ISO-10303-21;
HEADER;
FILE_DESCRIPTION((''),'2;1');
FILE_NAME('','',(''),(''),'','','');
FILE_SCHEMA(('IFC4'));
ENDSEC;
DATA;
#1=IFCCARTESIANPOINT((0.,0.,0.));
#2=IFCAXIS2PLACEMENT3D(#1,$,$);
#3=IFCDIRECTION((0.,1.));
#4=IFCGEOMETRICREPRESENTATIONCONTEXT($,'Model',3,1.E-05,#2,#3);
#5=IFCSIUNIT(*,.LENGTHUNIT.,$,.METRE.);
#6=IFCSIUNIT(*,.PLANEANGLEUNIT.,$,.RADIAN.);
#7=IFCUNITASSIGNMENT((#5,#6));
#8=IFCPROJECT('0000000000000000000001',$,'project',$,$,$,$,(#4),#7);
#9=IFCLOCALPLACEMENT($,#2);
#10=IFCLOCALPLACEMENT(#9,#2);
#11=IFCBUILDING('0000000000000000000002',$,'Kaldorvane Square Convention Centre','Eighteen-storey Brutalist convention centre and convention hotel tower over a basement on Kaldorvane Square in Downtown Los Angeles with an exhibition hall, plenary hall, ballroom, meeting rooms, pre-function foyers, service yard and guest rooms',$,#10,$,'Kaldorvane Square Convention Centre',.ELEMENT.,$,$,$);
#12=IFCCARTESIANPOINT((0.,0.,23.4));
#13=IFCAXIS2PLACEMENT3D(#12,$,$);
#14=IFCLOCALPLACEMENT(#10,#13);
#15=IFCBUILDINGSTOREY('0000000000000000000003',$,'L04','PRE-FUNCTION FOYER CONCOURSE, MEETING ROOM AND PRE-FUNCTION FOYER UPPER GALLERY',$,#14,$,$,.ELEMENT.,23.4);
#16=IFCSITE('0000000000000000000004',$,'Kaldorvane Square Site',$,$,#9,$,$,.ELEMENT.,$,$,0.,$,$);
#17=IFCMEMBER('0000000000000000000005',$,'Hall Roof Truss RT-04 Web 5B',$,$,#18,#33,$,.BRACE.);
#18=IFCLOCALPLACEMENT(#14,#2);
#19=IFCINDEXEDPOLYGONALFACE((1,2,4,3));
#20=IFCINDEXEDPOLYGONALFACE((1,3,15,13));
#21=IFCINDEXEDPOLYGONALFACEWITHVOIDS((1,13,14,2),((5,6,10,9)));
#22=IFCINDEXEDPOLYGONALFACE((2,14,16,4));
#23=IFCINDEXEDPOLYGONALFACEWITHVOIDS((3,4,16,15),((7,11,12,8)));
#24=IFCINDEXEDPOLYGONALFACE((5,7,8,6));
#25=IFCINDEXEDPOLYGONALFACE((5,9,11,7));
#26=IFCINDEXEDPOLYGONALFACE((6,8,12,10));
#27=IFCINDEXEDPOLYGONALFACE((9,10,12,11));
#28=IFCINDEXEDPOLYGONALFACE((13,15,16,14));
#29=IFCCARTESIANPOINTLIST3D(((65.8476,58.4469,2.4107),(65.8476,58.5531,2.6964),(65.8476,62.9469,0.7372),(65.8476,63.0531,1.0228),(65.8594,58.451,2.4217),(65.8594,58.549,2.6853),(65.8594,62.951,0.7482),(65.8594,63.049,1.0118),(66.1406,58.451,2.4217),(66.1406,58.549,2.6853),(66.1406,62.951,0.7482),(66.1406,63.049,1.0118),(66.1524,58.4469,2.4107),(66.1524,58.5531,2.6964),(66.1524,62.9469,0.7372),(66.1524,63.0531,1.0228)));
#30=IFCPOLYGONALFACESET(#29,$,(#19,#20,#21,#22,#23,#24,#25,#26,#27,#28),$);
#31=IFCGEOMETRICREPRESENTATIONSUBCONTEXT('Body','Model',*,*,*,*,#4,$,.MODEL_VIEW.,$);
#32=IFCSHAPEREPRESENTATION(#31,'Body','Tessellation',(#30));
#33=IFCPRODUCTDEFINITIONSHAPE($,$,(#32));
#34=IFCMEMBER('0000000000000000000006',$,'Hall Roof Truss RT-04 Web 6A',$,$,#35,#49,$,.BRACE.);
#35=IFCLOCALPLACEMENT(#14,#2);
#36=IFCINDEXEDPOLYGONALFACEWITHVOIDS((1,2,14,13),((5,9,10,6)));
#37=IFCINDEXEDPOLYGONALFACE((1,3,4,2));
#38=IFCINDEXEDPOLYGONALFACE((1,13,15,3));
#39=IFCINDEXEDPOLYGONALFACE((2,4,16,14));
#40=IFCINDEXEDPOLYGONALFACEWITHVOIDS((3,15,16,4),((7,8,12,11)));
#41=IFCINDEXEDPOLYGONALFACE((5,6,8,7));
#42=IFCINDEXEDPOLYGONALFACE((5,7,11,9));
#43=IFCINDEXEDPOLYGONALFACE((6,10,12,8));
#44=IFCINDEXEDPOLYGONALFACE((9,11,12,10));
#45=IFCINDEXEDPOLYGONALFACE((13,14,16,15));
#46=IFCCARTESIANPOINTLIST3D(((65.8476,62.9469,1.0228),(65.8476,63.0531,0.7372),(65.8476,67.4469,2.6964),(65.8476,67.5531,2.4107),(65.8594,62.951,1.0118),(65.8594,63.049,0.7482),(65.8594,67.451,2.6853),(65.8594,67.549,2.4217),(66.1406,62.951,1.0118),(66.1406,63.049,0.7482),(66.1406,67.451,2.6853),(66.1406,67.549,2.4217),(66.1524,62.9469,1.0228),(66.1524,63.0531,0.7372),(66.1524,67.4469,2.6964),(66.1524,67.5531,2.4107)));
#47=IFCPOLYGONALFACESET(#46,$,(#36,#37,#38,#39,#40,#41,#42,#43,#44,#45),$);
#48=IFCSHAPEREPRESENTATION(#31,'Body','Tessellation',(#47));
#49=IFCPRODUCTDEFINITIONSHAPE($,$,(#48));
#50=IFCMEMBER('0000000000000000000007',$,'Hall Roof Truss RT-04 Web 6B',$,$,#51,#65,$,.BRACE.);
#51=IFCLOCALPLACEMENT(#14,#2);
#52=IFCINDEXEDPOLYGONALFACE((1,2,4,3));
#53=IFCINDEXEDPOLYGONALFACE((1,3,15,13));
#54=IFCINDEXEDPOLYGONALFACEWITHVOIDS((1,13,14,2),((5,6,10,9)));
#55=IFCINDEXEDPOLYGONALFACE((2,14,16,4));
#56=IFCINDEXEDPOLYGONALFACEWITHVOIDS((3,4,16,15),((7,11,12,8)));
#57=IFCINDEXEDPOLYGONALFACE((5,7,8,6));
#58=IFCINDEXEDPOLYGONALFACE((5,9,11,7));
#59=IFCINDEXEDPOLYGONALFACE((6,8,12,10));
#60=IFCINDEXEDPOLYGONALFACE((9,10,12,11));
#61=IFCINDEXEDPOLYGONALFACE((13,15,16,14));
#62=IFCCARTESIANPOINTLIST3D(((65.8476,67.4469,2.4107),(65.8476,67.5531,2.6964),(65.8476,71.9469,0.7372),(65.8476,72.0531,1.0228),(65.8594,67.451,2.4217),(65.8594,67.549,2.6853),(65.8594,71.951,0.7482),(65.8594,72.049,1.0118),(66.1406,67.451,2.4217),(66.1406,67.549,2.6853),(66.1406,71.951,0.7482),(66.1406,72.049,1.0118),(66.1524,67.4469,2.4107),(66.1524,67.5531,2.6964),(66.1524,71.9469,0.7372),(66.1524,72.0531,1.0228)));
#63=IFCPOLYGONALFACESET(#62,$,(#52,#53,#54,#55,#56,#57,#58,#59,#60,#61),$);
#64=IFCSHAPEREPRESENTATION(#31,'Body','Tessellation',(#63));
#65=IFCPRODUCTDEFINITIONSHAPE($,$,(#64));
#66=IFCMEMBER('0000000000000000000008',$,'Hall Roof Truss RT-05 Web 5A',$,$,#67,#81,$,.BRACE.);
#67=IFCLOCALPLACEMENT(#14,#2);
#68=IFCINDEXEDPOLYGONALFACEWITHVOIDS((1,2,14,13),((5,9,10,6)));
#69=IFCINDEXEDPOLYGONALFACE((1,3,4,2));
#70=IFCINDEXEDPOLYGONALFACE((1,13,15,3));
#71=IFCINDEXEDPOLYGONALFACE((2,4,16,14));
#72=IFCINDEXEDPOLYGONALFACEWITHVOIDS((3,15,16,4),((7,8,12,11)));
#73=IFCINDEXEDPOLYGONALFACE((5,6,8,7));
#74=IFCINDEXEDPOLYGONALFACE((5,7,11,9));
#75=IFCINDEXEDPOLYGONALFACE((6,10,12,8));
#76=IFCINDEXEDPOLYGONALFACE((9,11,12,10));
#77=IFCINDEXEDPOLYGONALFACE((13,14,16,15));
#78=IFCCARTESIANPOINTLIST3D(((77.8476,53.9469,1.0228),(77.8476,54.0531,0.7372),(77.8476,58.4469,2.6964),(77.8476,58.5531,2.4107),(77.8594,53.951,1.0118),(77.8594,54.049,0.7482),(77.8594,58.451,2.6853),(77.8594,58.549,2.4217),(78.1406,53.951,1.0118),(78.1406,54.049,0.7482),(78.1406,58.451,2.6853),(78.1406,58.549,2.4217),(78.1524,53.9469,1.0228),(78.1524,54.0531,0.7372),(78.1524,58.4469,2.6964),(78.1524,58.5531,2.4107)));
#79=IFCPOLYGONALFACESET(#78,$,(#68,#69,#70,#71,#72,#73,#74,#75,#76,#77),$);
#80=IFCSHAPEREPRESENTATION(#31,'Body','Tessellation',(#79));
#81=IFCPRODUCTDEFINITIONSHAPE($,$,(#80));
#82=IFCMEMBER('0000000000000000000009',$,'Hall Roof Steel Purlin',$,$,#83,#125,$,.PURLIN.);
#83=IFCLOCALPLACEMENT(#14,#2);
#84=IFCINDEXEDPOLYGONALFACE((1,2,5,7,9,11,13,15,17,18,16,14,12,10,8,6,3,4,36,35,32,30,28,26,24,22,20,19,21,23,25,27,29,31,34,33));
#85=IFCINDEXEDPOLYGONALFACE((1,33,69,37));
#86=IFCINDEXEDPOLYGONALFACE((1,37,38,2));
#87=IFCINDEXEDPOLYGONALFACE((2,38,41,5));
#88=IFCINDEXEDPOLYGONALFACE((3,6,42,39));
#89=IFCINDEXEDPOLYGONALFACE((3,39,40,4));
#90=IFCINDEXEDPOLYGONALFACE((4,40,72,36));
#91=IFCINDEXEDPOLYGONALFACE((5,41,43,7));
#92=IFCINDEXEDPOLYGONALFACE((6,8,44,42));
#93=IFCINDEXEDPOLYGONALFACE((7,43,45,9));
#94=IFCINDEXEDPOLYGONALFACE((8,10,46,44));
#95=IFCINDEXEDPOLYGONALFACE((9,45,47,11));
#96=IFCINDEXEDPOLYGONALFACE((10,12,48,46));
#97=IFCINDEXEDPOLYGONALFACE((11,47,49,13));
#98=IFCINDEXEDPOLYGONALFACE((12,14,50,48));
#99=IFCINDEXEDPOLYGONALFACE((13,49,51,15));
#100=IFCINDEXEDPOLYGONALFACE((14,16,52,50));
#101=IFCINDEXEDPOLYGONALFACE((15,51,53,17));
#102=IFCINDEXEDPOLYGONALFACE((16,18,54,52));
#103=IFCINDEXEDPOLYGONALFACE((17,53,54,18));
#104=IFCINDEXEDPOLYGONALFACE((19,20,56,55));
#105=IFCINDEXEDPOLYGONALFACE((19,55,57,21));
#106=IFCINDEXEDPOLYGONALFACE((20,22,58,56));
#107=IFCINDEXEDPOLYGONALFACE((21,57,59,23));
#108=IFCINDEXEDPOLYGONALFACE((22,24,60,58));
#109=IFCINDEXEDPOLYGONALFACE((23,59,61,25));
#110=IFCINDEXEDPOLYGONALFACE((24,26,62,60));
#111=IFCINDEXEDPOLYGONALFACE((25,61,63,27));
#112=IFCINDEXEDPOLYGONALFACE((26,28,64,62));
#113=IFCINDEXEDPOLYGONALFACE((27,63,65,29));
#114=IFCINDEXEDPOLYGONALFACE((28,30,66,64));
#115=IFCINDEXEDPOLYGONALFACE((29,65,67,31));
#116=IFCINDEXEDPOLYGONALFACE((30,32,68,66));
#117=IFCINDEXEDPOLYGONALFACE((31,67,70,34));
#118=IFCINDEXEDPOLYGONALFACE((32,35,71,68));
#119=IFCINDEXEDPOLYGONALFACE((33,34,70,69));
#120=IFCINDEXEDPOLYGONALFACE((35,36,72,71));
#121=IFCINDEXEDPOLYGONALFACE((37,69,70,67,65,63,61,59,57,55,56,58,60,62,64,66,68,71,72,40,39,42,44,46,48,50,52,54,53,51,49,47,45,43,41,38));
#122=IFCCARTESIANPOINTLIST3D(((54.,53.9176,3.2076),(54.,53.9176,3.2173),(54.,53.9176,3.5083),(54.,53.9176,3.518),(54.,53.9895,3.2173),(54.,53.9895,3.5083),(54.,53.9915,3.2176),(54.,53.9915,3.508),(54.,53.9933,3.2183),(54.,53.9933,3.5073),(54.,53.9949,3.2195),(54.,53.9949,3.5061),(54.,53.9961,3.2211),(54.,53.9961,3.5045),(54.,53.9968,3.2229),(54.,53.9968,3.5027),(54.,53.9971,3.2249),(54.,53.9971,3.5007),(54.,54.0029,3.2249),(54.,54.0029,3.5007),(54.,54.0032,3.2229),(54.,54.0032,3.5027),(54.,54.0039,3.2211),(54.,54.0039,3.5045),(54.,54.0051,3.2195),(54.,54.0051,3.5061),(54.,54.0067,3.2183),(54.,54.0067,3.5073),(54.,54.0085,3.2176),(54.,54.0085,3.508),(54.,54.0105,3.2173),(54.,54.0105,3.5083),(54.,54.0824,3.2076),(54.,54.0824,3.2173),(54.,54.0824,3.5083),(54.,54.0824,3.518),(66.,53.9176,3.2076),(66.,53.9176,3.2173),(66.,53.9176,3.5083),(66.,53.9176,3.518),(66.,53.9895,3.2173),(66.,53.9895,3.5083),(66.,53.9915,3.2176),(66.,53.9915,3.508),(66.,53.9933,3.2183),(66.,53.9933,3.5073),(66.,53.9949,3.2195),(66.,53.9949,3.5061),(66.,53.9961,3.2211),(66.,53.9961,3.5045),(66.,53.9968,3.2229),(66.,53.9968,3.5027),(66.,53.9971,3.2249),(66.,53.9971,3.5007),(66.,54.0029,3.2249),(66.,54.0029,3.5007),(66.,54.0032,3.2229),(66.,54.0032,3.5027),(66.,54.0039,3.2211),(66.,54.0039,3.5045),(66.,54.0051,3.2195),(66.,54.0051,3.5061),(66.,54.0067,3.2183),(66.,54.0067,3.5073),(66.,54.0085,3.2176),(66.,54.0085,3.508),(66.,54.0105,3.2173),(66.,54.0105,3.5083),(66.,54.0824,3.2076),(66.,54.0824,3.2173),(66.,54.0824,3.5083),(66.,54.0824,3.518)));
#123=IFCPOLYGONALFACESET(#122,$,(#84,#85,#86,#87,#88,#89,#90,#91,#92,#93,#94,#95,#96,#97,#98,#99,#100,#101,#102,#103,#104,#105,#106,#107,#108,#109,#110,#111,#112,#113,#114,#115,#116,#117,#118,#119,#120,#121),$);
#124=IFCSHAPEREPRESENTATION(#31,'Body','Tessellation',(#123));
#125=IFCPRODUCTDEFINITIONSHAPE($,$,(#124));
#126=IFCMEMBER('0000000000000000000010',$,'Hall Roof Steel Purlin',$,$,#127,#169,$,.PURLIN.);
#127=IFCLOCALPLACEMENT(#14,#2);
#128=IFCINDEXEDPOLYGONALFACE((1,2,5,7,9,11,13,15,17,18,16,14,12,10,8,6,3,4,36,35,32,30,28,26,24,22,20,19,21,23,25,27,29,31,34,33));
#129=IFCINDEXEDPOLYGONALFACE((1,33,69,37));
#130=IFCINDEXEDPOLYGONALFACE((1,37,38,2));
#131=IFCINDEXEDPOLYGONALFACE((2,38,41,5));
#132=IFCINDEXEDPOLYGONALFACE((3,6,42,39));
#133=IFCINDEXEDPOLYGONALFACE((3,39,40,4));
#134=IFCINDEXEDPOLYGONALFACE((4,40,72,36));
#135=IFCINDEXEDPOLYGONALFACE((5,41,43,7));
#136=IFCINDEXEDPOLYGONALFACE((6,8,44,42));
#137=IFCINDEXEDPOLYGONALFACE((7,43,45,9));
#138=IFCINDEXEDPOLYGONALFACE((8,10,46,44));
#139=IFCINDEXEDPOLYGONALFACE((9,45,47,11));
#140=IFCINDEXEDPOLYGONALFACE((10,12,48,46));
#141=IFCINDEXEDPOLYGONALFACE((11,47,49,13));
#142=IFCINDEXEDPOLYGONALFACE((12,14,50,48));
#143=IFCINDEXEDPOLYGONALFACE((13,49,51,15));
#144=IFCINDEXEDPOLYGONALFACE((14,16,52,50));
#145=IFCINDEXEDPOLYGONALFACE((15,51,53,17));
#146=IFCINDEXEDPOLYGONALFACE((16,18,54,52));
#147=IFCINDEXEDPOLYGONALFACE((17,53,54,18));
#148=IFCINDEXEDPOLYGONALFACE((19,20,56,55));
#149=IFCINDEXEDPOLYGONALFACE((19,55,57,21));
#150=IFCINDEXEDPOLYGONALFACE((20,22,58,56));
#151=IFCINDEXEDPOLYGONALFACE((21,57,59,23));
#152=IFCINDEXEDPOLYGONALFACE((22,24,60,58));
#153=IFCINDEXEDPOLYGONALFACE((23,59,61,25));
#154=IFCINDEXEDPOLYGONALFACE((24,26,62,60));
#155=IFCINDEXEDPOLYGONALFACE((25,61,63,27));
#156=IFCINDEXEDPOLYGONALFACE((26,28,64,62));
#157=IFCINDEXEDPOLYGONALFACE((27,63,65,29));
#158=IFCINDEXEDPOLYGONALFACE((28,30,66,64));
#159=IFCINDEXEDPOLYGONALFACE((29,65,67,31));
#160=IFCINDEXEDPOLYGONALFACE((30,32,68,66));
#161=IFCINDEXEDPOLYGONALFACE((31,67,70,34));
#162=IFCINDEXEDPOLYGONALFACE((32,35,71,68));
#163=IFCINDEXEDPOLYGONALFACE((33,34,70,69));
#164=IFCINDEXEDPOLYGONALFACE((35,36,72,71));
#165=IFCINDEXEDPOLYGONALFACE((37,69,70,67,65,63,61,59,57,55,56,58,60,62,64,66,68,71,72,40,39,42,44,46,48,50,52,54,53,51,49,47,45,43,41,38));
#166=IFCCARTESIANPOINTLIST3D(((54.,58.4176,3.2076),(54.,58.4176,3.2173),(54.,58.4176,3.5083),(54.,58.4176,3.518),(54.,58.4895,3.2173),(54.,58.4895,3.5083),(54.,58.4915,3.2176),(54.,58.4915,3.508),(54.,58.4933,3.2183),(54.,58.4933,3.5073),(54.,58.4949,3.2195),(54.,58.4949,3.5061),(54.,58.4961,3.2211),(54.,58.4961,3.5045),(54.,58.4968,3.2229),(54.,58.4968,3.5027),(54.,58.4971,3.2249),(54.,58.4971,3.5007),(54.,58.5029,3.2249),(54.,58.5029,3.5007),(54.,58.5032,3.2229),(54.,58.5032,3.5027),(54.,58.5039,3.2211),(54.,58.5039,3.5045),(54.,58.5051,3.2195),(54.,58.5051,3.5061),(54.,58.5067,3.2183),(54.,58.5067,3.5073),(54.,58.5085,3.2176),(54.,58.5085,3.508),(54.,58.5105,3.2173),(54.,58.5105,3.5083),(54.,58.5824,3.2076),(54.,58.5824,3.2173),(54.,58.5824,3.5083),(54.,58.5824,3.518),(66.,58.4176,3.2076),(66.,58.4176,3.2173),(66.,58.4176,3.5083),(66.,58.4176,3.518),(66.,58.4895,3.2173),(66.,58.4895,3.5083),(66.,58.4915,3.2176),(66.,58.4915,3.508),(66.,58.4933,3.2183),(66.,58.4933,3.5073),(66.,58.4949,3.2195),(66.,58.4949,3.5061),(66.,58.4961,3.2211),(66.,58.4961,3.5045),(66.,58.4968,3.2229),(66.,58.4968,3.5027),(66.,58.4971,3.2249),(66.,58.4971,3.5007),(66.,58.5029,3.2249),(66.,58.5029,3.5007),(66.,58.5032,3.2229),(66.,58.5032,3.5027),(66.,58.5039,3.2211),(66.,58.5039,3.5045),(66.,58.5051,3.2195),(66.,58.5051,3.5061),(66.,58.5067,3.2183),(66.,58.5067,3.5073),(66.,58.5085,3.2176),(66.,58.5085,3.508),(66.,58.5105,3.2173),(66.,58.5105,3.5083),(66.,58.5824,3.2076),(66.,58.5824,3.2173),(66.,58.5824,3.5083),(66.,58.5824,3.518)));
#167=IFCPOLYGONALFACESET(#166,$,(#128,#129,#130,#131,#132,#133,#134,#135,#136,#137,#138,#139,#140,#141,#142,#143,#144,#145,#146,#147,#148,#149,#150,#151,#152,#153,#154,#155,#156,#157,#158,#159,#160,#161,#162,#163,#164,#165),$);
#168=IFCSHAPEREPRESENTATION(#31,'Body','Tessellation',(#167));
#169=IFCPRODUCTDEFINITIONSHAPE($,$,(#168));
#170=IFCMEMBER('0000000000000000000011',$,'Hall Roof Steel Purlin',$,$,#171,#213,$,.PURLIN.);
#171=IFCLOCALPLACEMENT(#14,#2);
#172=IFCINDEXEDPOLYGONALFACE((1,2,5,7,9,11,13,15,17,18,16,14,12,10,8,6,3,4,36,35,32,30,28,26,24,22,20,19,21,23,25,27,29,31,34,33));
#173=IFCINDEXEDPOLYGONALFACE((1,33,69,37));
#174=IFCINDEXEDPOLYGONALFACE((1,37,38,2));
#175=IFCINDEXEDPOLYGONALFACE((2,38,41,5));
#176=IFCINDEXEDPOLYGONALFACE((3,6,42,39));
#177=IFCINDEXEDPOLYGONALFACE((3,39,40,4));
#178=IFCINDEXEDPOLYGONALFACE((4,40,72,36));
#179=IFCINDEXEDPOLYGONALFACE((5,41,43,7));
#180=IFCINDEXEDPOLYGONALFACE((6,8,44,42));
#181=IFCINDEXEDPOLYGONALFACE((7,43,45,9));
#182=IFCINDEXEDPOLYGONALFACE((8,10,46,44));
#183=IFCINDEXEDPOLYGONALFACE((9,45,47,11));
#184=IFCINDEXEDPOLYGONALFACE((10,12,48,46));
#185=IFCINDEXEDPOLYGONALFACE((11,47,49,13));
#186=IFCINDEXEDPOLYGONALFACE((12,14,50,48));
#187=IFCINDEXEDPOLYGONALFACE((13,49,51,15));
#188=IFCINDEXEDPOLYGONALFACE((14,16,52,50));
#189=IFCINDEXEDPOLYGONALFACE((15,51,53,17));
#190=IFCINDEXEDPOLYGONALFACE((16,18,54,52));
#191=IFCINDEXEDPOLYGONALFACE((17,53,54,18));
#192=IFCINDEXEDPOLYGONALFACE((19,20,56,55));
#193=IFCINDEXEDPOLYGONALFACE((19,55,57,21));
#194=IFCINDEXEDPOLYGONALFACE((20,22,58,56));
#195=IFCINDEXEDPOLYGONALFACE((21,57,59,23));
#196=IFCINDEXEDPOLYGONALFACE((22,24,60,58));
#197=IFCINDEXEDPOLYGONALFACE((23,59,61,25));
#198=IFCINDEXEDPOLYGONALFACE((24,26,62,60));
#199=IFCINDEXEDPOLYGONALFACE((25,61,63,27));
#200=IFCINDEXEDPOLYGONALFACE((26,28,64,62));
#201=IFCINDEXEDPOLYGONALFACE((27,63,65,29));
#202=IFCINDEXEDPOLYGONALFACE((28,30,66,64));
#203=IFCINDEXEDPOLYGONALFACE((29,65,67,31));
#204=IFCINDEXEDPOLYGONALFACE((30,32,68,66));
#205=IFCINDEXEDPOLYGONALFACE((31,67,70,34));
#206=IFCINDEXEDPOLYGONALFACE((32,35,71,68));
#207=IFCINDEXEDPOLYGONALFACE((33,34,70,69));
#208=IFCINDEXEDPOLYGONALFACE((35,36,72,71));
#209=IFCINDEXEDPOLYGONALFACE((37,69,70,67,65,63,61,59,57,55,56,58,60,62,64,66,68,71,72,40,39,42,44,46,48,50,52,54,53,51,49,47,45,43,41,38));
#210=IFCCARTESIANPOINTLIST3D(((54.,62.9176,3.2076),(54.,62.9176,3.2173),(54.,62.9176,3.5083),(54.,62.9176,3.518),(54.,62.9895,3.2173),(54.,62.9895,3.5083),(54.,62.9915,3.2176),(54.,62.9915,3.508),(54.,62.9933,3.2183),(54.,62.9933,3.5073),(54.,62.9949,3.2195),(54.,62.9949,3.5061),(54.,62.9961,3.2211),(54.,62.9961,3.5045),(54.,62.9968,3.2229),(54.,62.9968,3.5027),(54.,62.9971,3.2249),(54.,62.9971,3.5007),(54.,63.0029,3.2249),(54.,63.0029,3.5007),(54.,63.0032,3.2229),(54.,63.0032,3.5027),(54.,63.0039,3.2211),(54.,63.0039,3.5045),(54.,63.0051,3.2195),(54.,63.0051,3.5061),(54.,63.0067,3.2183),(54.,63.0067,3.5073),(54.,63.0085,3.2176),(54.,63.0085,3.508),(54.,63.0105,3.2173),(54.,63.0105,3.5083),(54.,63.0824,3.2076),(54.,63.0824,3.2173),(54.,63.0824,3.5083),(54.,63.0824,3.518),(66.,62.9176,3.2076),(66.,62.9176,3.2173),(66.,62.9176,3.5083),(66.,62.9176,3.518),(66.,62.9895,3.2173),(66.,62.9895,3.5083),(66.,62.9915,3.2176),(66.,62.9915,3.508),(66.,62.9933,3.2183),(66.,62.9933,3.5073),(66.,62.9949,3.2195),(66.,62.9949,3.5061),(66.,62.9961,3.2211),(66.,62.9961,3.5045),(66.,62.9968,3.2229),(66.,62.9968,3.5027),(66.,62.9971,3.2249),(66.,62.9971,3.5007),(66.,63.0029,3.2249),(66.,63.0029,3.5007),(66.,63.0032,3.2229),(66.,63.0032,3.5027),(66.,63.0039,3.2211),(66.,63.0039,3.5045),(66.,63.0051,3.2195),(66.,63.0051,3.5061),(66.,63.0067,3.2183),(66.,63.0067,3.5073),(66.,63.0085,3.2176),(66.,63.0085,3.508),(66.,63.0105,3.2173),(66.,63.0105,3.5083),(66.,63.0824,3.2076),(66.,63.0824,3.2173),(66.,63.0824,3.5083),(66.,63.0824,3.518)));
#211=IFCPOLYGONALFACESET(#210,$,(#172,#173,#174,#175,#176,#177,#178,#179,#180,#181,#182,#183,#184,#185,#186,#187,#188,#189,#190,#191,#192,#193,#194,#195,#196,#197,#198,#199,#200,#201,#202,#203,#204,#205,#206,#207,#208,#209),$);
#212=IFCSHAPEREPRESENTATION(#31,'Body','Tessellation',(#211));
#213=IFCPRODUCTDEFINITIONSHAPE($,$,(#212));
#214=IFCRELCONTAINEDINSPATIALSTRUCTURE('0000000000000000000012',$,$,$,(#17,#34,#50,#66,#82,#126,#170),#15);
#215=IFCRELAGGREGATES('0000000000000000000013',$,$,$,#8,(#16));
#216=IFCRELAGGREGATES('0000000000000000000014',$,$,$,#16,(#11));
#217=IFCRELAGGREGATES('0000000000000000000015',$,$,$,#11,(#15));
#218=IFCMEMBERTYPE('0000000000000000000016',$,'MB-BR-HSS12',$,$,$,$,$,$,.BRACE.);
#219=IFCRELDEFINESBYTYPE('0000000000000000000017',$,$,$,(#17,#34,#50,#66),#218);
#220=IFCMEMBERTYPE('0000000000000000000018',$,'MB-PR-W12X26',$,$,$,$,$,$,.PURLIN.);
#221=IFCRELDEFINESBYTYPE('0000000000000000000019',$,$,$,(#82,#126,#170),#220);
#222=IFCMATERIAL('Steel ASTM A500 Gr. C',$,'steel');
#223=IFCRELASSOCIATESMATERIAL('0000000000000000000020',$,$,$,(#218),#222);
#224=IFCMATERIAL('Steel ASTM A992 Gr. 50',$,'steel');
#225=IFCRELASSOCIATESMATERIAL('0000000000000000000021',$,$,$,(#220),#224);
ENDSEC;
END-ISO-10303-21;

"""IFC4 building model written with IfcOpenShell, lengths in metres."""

from ifc_helpers import new_model, si_unit, direction, frame, origin, origin_2d, place, context, subcontext, project, spatial, hollow_rectangle, i_section, extrude, material, material_profile, profile_set, type_object, element, save


model = new_model("IFC4")

# Units and contexts
model_context = context("Model", 3, precision=1e-05, world=origin(), true_north=direction((0.0, 1.0)))
body_context = subcontext(model_context, "Body", "Model", "MODEL_VIEW")
ifc_project = project(units=[si_unit("LENGTHUNIT", "METRE"), si_unit("PLANEANGLEUNIT", "RADIAN")], contexts=[model_context])

# Site, building, storey
site_placement = place(None, origin())
site = spatial("IfcSite", under=ifc_project, at=site_placement, Name="Kaldorvane Square Site", CompositionType="ELEMENT", RefElevation=0.0)
building_placement = place(site_placement, origin())
building = spatial("IfcBuilding", under=site, at=building_placement, Name="Kaldorvane Square Convention Centre", Description="Eighteen-storey Brutalist convention centre and convention hotel tower over a basement on Kaldorvane Square in Downtown Los Angeles with an exhibition hall, plenary hall, ballroom, meeting rooms, pre-function foyers, service yard and guest rooms", LongName="Kaldorvane Square Convention Centre", CompositionType="ELEMENT")
storey_placement = place(building_placement, frame((0.0, 0.0, 23.4)))
storey = spatial("IfcBuildingStorey", under=building, at=storey_placement, Name="L04", Description="PRE-FUNCTION FOYER CONCOURSE, MEETING ROOM AND PRE-FUNCTION FOYER UPPER GALLERY", CompositionType="ELEMENT", Elevation=23.4)

# Shared definitions
ifc_material_1 = material(Name="Steel ASTM A992 Gr. 50", Category="steel")

# Members
ifc_material_2 = material(Name="Steel ASTM A500 Gr. C", Category="steel")
ifc_material_profile_1 = material_profile(ifc_material_2, hollow_rectangle(XDim=0.3048, YDim=0.3048, WallThickness=0.0118, at=origin_2d()), Name="HSS12X12X1/2")
ifc_profile_set_1 = profile_set([ifc_material_profile_1], Name="Steel ASTM A500 Gr. C")
member_type_1 = type_object("IfcMemberType", Name="MB-BR-HSS12", PredefinedType="BRACE", material=ifc_profile_set_1)
for number, where, z_axis, x_axis, name in (
    (1, (66.0, 58.5, 2.5535), (0.0, 0.937284, -0.348567), (-1.0, 0.0, 0.0), "Hall Roof Truss RT-04 Web 5B"),
    (2, (66.0, 63.0, 0.88), (0.0, 0.937284, 0.348567), (-1.0, 0.0, 0.0), "Hall Roof Truss RT-04 Web 6A"),
    (3, (66.0, 67.5, 2.5535), (0.0, 0.937284, -0.348567), (-1.0, 0.0, 0.0), "Hall Roof Truss RT-04 Web 6B"),
    (4, (78.0, 54.0, 0.88), (0.0, 0.937284, 0.348567), (-1.0, 0.0, 0.0), "Hall Roof Truss RT-05 Web 5A"),
):
    element("IfcMember", number, at=place(storey_placement, frame(where, z_axis=z_axis, x_axis=x_axis)), inside=storey, type_object=member_type_1, Name=name, PredefinedType="BRACE", context=body_context, shape_type="SweptSolid", body=[
        extrude(hollow_rectangle(XDim=0.3048, YDim=0.3048, WallThickness=0.0118, at=origin_2d()), origin(), (0.0, 0.0, 1.0), 4.8011),
    ])
ifc_material_profile_2 = material_profile(ifc_material_1, i_section(OverallWidth=0.1648, OverallDepth=0.3104, WebThickness=0.0058, FlangeThickness=0.0097, FilletRadius=0.0076, at=origin_2d()), Name="W12X26")
ifc_profile_set_2 = profile_set([ifc_material_profile_2], Name="Steel ASTM A992 Gr. 50")
member_type_2 = type_object("IfcMemberType", Name="MB-PR-W12X26", PredefinedType="PURLIN", material=ifc_profile_set_2)
for number, where, z_axis, x_axis, name in (
    (5, (54.0, 54.0, 3.3628), (1.0, 0.0, 0.0), (0.0, 1.0, 0.0), "Hall Roof Steel Purlin"),
    (6, (54.0, 58.5, 3.3628), (1.0, 0.0, 0.0), (0.0, 1.0, 0.0), "Hall Roof Steel Purlin"),
    (7, (54.0, 63.0, 3.3628), (1.0, 0.0, 0.0), (0.0, 1.0, 0.0), "Hall Roof Steel Purlin"),
):
    element("IfcMember", number, at=place(storey_placement, frame(where, z_axis=z_axis, x_axis=x_axis)), inside=storey, type_object=member_type_2, Name=name, PredefinedType="PURLIN", context=body_context, shape_type="SweptSolid", body=[
        extrude(i_section(OverallWidth=0.1648, OverallDepth=0.3104, WebThickness=0.0058, FlangeThickness=0.0097, FilletRadius=0.0076, at=origin_2d()), origin(), (0.0, 0.0, 1.0), 12.0),
    ])

save(model, "model.ifc")
